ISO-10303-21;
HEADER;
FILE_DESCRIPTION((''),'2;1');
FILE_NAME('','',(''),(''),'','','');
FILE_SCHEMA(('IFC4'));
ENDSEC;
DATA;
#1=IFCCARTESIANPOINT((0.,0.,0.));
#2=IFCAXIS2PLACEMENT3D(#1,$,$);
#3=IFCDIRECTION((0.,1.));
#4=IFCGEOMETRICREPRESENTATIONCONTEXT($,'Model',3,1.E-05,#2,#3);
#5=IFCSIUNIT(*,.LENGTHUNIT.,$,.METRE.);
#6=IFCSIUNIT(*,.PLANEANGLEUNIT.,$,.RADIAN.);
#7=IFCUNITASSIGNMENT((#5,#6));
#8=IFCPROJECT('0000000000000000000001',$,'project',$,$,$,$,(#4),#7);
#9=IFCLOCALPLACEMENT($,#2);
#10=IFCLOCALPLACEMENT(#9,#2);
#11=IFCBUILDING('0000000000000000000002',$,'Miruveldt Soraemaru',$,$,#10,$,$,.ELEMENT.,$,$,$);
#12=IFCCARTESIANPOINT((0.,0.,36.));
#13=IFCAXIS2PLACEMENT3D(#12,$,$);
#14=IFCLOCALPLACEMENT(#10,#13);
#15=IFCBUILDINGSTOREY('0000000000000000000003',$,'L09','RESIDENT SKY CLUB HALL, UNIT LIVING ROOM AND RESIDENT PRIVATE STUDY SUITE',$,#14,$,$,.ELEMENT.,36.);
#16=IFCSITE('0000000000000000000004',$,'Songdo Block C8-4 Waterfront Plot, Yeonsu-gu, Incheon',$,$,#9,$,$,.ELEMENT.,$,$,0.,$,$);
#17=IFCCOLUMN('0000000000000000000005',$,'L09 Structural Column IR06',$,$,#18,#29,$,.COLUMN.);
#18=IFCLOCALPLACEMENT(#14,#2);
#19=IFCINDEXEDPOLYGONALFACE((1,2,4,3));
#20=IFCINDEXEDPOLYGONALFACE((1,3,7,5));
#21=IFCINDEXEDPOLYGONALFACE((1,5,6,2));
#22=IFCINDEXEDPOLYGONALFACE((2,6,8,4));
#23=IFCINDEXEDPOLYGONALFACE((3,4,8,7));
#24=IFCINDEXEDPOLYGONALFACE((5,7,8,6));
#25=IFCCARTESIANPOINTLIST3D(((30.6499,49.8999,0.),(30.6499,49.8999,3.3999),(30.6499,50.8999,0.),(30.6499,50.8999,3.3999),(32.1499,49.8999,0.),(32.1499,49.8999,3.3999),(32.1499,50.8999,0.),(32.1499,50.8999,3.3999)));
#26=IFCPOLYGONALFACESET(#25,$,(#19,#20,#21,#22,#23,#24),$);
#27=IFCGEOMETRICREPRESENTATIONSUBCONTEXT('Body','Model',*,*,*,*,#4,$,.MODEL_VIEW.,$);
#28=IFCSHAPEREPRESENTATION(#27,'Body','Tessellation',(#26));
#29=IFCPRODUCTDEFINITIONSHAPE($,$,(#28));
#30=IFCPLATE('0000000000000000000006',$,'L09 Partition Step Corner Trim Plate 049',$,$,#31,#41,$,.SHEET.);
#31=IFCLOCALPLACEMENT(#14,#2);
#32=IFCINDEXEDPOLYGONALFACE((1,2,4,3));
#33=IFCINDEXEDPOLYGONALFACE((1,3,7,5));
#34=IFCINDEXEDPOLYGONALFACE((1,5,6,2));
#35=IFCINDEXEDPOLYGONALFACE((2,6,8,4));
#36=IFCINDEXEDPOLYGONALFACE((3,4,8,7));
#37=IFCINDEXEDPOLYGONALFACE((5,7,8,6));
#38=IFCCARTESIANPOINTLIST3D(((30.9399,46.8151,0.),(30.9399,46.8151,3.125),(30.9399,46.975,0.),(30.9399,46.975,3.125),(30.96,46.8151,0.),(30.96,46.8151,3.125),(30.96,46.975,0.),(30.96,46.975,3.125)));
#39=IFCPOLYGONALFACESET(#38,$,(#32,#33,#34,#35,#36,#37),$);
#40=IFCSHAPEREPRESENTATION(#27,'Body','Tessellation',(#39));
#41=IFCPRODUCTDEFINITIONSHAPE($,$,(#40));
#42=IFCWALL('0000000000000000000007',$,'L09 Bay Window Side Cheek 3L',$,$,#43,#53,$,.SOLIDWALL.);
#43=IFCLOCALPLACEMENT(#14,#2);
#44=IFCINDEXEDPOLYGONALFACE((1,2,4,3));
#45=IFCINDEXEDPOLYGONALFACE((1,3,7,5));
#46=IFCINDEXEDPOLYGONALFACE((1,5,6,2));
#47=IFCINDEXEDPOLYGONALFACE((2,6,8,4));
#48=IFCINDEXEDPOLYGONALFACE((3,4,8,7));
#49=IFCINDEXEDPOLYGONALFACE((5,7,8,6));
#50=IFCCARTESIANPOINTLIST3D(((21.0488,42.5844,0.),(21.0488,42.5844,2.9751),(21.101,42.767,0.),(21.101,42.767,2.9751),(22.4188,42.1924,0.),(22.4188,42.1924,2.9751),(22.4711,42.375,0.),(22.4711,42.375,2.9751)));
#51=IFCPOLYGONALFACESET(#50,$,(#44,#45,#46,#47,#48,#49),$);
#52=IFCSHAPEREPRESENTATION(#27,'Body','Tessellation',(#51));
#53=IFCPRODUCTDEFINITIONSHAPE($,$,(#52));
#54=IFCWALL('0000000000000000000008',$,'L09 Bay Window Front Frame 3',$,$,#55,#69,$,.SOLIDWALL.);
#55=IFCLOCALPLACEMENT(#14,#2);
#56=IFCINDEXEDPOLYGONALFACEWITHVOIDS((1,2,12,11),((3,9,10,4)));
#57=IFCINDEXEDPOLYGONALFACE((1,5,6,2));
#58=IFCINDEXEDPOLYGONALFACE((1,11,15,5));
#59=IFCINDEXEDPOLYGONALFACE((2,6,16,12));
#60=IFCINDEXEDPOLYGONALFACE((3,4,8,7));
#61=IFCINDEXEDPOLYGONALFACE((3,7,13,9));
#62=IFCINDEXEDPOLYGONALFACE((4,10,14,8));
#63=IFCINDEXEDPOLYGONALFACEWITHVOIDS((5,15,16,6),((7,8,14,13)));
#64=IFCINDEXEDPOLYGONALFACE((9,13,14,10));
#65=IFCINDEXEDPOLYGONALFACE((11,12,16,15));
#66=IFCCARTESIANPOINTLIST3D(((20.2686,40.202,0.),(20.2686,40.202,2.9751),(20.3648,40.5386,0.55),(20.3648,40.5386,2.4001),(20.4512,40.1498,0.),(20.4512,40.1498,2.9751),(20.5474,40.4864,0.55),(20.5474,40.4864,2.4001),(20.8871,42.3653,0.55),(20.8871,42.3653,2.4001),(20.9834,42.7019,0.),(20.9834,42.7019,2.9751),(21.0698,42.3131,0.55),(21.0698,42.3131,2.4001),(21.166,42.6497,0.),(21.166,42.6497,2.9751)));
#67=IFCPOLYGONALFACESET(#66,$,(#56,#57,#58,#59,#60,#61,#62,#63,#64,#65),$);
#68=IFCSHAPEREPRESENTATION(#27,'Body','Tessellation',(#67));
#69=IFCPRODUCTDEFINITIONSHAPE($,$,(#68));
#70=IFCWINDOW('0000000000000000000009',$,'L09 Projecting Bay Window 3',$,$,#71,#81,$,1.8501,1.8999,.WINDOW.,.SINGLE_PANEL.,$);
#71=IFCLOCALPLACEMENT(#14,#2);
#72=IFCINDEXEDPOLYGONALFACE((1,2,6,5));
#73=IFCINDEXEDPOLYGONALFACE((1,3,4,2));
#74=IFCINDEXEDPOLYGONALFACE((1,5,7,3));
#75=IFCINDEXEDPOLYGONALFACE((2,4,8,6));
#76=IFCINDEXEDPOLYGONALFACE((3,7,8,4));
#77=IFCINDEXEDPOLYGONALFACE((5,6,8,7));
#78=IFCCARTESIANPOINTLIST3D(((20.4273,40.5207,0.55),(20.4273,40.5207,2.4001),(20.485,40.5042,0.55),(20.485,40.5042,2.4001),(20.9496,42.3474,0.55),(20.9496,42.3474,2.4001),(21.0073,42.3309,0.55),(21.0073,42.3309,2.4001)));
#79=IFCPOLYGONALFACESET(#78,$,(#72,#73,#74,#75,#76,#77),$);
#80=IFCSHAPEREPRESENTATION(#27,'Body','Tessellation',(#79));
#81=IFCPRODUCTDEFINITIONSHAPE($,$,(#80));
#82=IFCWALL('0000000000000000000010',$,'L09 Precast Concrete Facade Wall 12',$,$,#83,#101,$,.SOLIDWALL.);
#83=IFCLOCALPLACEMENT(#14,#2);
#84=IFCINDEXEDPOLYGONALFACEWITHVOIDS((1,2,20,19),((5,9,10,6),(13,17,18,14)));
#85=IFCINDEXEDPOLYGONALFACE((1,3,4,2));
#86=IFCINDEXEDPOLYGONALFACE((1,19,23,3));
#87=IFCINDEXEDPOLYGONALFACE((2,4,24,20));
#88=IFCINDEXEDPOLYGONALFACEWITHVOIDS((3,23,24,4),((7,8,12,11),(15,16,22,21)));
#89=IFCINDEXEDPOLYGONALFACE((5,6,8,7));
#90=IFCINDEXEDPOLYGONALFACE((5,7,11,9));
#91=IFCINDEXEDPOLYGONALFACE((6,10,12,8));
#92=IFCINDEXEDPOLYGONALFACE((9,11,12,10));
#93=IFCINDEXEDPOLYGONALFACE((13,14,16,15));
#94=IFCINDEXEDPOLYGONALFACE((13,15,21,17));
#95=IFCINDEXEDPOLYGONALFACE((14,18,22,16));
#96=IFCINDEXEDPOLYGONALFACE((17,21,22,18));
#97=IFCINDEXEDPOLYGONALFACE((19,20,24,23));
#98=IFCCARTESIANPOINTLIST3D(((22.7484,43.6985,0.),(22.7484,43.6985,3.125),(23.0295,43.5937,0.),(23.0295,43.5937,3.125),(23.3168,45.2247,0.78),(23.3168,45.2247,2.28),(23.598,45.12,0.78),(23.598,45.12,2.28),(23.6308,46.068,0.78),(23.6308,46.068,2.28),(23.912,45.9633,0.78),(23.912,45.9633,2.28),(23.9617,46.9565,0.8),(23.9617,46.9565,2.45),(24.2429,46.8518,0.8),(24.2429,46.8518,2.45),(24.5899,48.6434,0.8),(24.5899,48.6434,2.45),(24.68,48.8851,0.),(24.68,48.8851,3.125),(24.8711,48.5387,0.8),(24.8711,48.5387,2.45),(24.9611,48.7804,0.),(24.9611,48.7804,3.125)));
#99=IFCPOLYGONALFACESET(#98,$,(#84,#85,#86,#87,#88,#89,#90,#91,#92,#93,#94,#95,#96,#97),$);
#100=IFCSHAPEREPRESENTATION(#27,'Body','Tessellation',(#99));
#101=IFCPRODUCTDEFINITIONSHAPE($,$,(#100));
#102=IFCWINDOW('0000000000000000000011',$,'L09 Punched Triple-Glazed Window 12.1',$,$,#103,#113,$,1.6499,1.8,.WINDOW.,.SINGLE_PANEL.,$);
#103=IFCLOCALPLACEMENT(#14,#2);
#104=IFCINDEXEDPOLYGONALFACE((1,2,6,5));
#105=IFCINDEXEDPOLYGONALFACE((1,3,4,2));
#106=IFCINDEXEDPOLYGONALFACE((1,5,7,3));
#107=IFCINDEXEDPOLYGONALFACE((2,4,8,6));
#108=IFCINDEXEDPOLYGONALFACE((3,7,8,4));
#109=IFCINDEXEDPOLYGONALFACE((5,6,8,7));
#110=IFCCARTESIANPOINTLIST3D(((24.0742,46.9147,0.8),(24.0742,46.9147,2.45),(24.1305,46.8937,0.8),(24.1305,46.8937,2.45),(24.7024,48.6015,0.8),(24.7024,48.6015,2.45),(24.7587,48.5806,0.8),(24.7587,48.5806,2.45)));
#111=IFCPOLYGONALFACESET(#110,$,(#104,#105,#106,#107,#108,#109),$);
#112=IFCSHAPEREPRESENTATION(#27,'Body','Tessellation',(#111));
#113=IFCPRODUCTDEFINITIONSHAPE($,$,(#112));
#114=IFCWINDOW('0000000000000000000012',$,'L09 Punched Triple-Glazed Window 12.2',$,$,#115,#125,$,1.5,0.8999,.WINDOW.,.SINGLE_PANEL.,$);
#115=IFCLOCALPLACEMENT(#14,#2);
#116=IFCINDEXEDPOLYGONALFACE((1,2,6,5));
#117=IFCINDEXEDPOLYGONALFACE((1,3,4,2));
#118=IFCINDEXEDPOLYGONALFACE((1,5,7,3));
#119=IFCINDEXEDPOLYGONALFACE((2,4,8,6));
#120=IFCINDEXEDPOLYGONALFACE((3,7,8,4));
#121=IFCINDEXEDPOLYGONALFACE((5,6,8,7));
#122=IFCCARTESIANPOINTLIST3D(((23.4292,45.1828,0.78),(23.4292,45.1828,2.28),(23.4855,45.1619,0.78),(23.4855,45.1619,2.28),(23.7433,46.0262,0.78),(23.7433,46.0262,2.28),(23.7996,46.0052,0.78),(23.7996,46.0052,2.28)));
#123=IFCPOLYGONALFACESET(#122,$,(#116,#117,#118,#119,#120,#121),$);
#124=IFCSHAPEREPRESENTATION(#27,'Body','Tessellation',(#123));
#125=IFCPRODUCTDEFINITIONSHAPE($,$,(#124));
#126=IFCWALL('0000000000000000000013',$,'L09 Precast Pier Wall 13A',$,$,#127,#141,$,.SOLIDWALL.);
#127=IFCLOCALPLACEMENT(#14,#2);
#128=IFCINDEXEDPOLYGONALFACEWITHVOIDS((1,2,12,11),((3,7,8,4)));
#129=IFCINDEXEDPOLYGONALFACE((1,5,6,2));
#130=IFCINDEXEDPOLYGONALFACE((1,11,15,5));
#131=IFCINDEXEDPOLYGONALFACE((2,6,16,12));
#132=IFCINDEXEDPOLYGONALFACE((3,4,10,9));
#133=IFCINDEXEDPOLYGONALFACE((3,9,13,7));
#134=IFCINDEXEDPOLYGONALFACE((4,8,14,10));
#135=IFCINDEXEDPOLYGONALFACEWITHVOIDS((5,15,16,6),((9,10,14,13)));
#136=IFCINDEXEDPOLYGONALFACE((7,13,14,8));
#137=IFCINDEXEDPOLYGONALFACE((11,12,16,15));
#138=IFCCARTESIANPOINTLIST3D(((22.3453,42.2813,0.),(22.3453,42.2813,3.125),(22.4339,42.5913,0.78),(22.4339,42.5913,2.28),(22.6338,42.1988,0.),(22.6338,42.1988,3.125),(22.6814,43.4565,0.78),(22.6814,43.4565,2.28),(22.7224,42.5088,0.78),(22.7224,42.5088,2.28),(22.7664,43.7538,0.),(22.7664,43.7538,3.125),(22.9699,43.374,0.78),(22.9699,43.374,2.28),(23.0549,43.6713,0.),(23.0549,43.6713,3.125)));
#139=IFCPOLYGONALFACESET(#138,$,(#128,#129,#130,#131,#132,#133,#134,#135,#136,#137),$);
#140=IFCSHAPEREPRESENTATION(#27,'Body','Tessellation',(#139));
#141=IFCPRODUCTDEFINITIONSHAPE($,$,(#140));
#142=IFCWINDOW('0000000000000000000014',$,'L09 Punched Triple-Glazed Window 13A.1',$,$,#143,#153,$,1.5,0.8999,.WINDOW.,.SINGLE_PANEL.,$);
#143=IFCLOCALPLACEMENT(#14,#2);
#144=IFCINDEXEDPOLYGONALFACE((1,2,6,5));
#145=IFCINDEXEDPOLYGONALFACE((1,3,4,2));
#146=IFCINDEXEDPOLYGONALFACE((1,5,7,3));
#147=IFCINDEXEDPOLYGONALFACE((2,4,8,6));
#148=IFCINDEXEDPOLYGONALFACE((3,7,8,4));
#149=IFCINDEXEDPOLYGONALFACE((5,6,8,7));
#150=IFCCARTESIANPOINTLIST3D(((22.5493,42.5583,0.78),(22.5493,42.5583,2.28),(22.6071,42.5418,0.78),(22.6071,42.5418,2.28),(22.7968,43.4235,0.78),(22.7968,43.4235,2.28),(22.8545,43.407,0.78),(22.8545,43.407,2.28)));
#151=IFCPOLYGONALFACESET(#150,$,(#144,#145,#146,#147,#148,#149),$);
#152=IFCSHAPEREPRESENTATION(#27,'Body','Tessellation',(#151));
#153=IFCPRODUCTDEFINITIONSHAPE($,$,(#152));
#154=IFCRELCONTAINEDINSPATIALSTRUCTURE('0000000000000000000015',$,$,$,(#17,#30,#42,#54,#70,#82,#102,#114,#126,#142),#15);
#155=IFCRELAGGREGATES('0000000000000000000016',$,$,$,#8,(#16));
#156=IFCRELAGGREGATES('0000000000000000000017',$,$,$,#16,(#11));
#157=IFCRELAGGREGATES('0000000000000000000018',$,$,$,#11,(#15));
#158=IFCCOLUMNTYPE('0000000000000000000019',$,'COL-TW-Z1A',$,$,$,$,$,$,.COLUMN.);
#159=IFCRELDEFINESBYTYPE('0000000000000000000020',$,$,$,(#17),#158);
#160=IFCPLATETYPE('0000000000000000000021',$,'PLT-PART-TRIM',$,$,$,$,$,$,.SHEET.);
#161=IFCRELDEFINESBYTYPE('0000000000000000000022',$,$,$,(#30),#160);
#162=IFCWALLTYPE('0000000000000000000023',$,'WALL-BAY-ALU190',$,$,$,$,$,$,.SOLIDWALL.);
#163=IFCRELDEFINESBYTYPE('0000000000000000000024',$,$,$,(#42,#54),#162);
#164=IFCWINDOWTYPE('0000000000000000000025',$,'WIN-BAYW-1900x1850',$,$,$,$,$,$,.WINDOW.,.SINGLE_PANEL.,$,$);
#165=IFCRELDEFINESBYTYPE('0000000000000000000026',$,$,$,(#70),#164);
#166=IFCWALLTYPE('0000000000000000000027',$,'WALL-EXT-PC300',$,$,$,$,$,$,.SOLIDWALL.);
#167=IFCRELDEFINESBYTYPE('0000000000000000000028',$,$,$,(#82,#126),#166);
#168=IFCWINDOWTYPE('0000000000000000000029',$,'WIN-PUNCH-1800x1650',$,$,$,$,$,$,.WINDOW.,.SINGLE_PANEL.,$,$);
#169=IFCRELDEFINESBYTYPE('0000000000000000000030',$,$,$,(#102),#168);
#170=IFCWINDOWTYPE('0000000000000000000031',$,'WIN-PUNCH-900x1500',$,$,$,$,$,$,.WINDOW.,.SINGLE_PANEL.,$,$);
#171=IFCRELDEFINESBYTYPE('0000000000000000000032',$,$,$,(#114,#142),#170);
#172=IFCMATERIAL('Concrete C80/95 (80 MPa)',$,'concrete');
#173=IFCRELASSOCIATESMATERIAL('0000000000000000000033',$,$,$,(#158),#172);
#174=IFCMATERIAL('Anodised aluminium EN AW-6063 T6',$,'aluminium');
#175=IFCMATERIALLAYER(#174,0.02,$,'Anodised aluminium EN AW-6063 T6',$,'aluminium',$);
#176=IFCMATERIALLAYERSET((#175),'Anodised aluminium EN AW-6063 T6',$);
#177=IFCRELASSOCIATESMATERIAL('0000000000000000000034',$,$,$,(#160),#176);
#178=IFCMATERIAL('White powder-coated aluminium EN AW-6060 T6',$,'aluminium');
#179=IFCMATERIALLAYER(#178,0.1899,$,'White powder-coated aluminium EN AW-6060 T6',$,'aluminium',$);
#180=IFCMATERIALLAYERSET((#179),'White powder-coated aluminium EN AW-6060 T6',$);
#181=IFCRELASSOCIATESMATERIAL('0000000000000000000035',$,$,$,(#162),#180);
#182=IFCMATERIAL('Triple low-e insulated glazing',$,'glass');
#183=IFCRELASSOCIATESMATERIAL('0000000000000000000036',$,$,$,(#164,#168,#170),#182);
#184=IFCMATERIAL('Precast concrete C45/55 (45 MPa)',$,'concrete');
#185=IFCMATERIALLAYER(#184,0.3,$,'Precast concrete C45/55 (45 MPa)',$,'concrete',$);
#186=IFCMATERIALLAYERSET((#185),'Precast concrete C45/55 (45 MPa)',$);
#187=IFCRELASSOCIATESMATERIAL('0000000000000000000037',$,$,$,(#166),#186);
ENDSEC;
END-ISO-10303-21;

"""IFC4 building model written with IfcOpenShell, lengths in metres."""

from ifc_helpers import new_model, si_unit, direction, frame, frame_2d, origin, origin_2d, place, context, subcontext, project, spatial, rectangle, extrude, material, layer, layer_set, material_profile, profile_set, type_object, element, fill, save


model = new_model("IFC4")

# Units and contexts
model_context = context("Model", 3, precision=1e-05, world=origin(), true_north=direction((0.0, 1.0)))
body_context = subcontext(model_context, "Body", "Model", "MODEL_VIEW")
ifc_project = project(units=[si_unit("LENGTHUNIT", "METRE"), si_unit("PLANEANGLEUNIT", "RADIAN")], contexts=[model_context])

# Site, building, storey
site_placement = place(None, origin())
site = spatial("IfcSite", under=ifc_project, at=site_placement, Name="Songdo Block C8-4 Waterfront Plot, Yeonsu-gu, Incheon", CompositionType="ELEMENT", RefElevation=0.0)
building_placement = place(site_placement, origin())
building = spatial("IfcBuilding", under=site, at=building_placement, Name="Miruveldt Soraemaru", CompositionType="ELEMENT")
storey_placement = place(building_placement, frame((0.0, 0.0, 36.0)))
storey = spatial("IfcBuildingStorey", under=building, at=storey_placement, Name="L09", Description="RESIDENT SKY CLUB HALL, UNIT LIVING ROOM AND RESIDENT PRIVATE STUDY SUITE", CompositionType="ELEMENT", Elevation=36.0)

# Column
ifc_material_1 = material(Name="Concrete C80/95 (80 MPa)", Category="concrete")
ifc_material_profile = material_profile(ifc_material_1, rectangle(XDim=1.5, YDim=1.0, at=origin_2d()), Name="Concrete C80/95 (80 MPa)", Category="concrete")
ifc_profile_set = profile_set([ifc_material_profile], Name="Concrete C80/95 (80 MPa)")
column_type = type_object("IfcColumnType", Name="COL-TW-Z1A", PredefinedType="COLUMN", material=ifc_profile_set)
column_placement = place(storey_placement, frame((31.3999, 50.3999, 0.0), z_axis=(0.0, 0.0, 1.0), x_axis=(1.0, 0.0, 0.0)))
element("IfcColumn", 1, at=column_placement, inside=storey, type_object=column_type, Name="L09 Structural Column IR06", PredefinedType="COLUMN", context=body_context, shape_type="SweptSolid", body=[
    extrude(rectangle(XDim=1.5, YDim=1.0, at=origin_2d()), origin(), (0.0, 0.0, 1.0), 3.3999),
])

# Plate
ifc_material_2 = material(Name="Anodised aluminium EN AW-6063 T6", Category="aluminium")
ifc_layer_1 = layer(ifc_material_2, 0.02, Name="Anodised aluminium EN AW-6063 T6", Category="aluminium")
ifc_layer_set_1 = layer_set([ifc_layer_1], Name="Anodised aluminium EN AW-6063 T6")
plate_type = type_object("IfcPlateType", Name="PLT-PART-TRIM", PredefinedType="SHEET", material=ifc_layer_set_1)
plate_placement = place(storey_placement, frame((30.95, 46.895, 0.0), z_axis=(0.0, 0.0, 1.0), x_axis=(0.0, -1.0, 0.0)))
element("IfcPlate", 2, at=plate_placement, inside=storey, type_object=plate_type, Name="L09 Partition Step Corner Trim Plate 049", PredefinedType="SHEET", context=body_context, shape_type="SweptSolid", body=[
    extrude(rectangle(XDim=0.1599, YDim=0.02, at=origin_2d()), origin(), (0.0, 0.0, 1.0), 3.125),
])

# Wall
ifc_material_3 = material(Name="White powder-coated aluminium EN AW-6060 T6", Category="aluminium")
ifc_layer_2 = layer(ifc_material_3, 0.1899, Name="White powder-coated aluminium EN AW-6060 T6", Category="aluminium")
ifc_layer_set_2 = layer_set([ifc_layer_2], Name="White powder-coated aluminium EN AW-6060 T6")
wall_type_1 = type_object("IfcWallType", Name="WALL-BAY-ALU190", PredefinedType="SOLIDWALL", material=ifc_layer_set_2)
wall_1_placement = place(storey_placement, frame((22.4448, 42.2837, 0.0), z_axis=(0.0, 0.0, 1.0), x_axis=(-0.961407, 0.275128, 0.0)))
element("IfcWall", 3, at=wall_1_placement, inside=storey, type_object=wall_type_1, Name="L09 Bay Window Side Cheek 3L", PredefinedType="SOLIDWALL", context=body_context, shape_type="SweptSolid", body=[
    extrude(rectangle(XDim=1.425, YDim=0.1899, at=frame_2d((0.7124, 0.0))), origin(), (0.0, 0.0, 1.0), 2.9751),
])

# Wall, opening, window
wall_2_placement = place(storey_placement, frame((21.0747, 42.6758, 0.0), z_axis=(0.0, 0.0, 1.0), x_axis=(-0.27492, -0.961467, 0.0)))
wall_2 = element("IfcWall", 4, at=wall_2_placement, inside=storey, type_object=wall_type_1, Name="L09 Bay Window Front Frame 3", PredefinedType="SOLIDWALL", context=body_context, shape_type="SweptSolid", body=[
    extrude(rectangle(XDim=2.6001, YDim=0.1899, at=frame_2d((1.3, 0.0))), origin(), (0.0, 0.0, 1.0), 2.9751),
])
opening_1_placement = place(wall_2_placement, frame((0.3501, 0.0, 0.55)))
opening_1 = element("IfcOpeningElement", 5, at=opening_1_placement, cuts=wall_2, PredefinedType="OPENING", context=body_context, shape_type="SweptSolid", body=[
    extrude(rectangle(XDim=1.8999, YDim=1.8501, at=frame_2d((0.95, 0.925))), frame((0.0, 0.105, 0.0), z_axis=(0.0, -1.0, 0.0), x_axis=(1.0, 0.0, 0.0)), (0.0, 0.0, 1.0), 0.21),
])
ifc_material_4 = material(Name="Triple low-e insulated glazing", Category="glass")
window_type_1 = type_object("IfcWindowType", Name="WIN-BAYW-1900x1850", PartitioningType="SINGLE_PANEL", PredefinedType="WINDOW", material=ifc_material_4)
window_1_placement = place(opening_1_placement, origin())
window_1 = element("IfcWindow", 6, at=window_1_placement, inside=storey, type_object=window_type_1, Name="L09 Projecting Bay Window 3", OverallHeight=1.8501, OverallWidth=1.8999, PartitioningType="SINGLE_PANEL", PredefinedType="WINDOW", context=body_context, shape_type="SweptSolid", body=[
    extrude(rectangle(XDim=1.8999, YDim=1.8501, at=frame_2d((0.95, 0.925))), frame((0.0, 0.03, 0.0), z_axis=(0.0, -1.0, 0.0), x_axis=(1.0, 0.0, 0.0)), (0.0, 0.0, 1.0), 0.0601),
])
fill(opening_1, window_1)

# Wall, openings, windows
ifc_material_5 = material(Name="Precast concrete C45/55 (45 MPa)", Category="concrete")
ifc_layer_3 = layer(ifc_material_5, 0.3, Name="Precast concrete C45/55 (45 MPa)", Category="concrete")
ifc_layer_set_3 = layer_set([ifc_layer_3], Name="Precast concrete C45/55 (45 MPa)")
wall_type_2 = type_object("IfcWallType", Name="WALL-EXT-PC300", PredefinedType="SOLIDWALL", material=ifc_layer_set_3)
wall_3_placement = place(storey_placement, frame((24.8206, 48.8328, 0.0), z_axis=(0.0, 0.0, 1.0), x_axis=(-0.349, -0.937123, 0.0)))
wall_3 = element("IfcWall", 7, at=wall_3_placement, inside=storey, type_object=wall_type_2, Name="L09 Precast Concrete Facade Wall 12", PredefinedType="SOLIDWALL", context=body_context, shape_type="SweptSolid", body=[
    extrude(rectangle(XDim=5.5347, YDim=0.3, at=frame_2d((2.7673, 0.0))), origin(), (0.0, 0.0, 1.0), 3.125),
])
opening_2_placement = place(wall_3_placement, frame((0.2581, 0.0, 0.8)))
opening_2 = element("IfcOpeningElement", 8, at=opening_2_placement, cuts=wall_3, PredefinedType="OPENING", context=body_context, shape_type="SweptSolid", body=[
    extrude(rectangle(XDim=1.8, YDim=1.6499, at=frame_2d((0.8999, 0.825))), frame((0.0, 0.1602, 0.0), z_axis=(0.0, -1.0, 0.0), x_axis=(1.0, 0.0, 0.0)), (0.0, 0.0, 1.0), 0.3201),
])
opening_3_placement = place(wall_3_placement, frame((3.0061, 0.0, 0.78)))
opening_3 = element("IfcOpeningElement", 9, at=opening_3_placement, cuts=wall_3, PredefinedType="OPENING", context=body_context, shape_type="SweptSolid", body=[
    extrude(rectangle(XDim=0.8999, YDim=1.5, at=frame_2d((0.45, 0.75))), frame((0.0, 0.1602, 0.0), z_axis=(0.0, -1.0, 0.0), x_axis=(1.0, 0.0, 0.0)), (0.0, 0.0, 1.0), 0.3201),
])
window_type_2 = type_object("IfcWindowType", Name="WIN-PUNCH-1800x1650", PartitioningType="SINGLE_PANEL", PredefinedType="WINDOW", material=ifc_material_4)
window_2_placement = place(opening_2_placement, origin())
window_2 = element("IfcWindow", 10, at=window_2_placement, inside=storey, type_object=window_type_2, Name="L09 Punched Triple-Glazed Window 12.1", OverallHeight=1.6499, OverallWidth=1.8, PartitioningType="SINGLE_PANEL", PredefinedType="WINDOW", context=body_context, shape_type="SweptSolid", body=[
    extrude(rectangle(XDim=1.8, YDim=1.6499, at=frame_2d((0.8999, 0.825))), frame((0.0, 0.03, 0.0), z_axis=(0.0, -1.0, 0.0), x_axis=(1.0, 0.0, 0.0)), (0.0, 0.0, 1.0), 0.0601),
])
fill(opening_2, window_2)
window_type_3 = type_object("IfcWindowType", Name="WIN-PUNCH-900x1500", PartitioningType="SINGLE_PANEL", PredefinedType="WINDOW", material=ifc_material_4)
window_3_placement = place(opening_3_placement, origin())
window_3 = element("IfcWindow", 11, at=window_3_placement, inside=storey, type_object=window_type_3, Name="L09 Punched Triple-Glazed Window 12.2", OverallHeight=1.5, OverallWidth=0.8999, PartitioningType="SINGLE_PANEL", PredefinedType="WINDOW", context=body_context, shape_type="SweptSolid", body=[
    extrude(rectangle(XDim=0.8999, YDim=1.5, at=frame_2d((0.45, 0.75))), frame((0.0, 0.03, 0.0), z_axis=(0.0, -1.0, 0.0), x_axis=(1.0, 0.0, 0.0)), (0.0, 0.0, 1.0), 0.0601),
])
fill(opening_3, window_3)

# Wall, opening, window
wall_4_placement = place(storey_placement, frame((22.9106, 43.7124, 0.0), z_axis=(0.0, 0.0, 1.0), x_axis=(-0.274995, -0.961446, 0.0)))
wall_4 = element("IfcWall", 12, at=wall_4_placement, inside=storey, type_object=wall_type_2, Name="L09 Precast Pier Wall 13A", PredefinedType="SOLIDWALL", context=body_context, shape_type="SweptSolid", body=[
    extrude(rectangle(XDim=1.5315, YDim=0.3, at=frame_2d((0.7656, 0.0))), origin(), (0.0, 0.0, 1.0), 3.125),
])
opening_4_placement = place(wall_4_placement, frame((0.3091, 0.0, 0.78)))
opening_4 = element("IfcOpeningElement", 13, at=opening_4_placement, cuts=wall_4, PredefinedType="OPENING", context=body_context, shape_type="SweptSolid", body=[
    extrude(rectangle(XDim=0.8999, YDim=1.5, at=frame_2d((0.45, 0.75))), frame((0.0, 0.1602, 0.0), z_axis=(0.0, -1.0, 0.0), x_axis=(1.0, 0.0, 0.0)), (0.0, 0.0, 1.0), 0.3201),
])
window_4_placement = place(opening_4_placement, origin())
window_4 = element("IfcWindow", 14, at=window_4_placement, inside=storey, type_object=window_type_3, Name="L09 Punched Triple-Glazed Window 13A.1", OverallHeight=1.5, OverallWidth=0.8999, PartitioningType="SINGLE_PANEL", PredefinedType="WINDOW", context=body_context, shape_type="SweptSolid", body=[
    extrude(rectangle(XDim=0.8999, YDim=1.5, at=frame_2d((0.45, 0.75))), frame((0.0, 0.03, 0.0), z_axis=(0.0, -1.0, 0.0), x_axis=(1.0, 0.0, 0.0)), (0.0, 0.0, 1.0), 0.0601),
])
fill(opening_4, window_4)

save(model, "model.ifc")
